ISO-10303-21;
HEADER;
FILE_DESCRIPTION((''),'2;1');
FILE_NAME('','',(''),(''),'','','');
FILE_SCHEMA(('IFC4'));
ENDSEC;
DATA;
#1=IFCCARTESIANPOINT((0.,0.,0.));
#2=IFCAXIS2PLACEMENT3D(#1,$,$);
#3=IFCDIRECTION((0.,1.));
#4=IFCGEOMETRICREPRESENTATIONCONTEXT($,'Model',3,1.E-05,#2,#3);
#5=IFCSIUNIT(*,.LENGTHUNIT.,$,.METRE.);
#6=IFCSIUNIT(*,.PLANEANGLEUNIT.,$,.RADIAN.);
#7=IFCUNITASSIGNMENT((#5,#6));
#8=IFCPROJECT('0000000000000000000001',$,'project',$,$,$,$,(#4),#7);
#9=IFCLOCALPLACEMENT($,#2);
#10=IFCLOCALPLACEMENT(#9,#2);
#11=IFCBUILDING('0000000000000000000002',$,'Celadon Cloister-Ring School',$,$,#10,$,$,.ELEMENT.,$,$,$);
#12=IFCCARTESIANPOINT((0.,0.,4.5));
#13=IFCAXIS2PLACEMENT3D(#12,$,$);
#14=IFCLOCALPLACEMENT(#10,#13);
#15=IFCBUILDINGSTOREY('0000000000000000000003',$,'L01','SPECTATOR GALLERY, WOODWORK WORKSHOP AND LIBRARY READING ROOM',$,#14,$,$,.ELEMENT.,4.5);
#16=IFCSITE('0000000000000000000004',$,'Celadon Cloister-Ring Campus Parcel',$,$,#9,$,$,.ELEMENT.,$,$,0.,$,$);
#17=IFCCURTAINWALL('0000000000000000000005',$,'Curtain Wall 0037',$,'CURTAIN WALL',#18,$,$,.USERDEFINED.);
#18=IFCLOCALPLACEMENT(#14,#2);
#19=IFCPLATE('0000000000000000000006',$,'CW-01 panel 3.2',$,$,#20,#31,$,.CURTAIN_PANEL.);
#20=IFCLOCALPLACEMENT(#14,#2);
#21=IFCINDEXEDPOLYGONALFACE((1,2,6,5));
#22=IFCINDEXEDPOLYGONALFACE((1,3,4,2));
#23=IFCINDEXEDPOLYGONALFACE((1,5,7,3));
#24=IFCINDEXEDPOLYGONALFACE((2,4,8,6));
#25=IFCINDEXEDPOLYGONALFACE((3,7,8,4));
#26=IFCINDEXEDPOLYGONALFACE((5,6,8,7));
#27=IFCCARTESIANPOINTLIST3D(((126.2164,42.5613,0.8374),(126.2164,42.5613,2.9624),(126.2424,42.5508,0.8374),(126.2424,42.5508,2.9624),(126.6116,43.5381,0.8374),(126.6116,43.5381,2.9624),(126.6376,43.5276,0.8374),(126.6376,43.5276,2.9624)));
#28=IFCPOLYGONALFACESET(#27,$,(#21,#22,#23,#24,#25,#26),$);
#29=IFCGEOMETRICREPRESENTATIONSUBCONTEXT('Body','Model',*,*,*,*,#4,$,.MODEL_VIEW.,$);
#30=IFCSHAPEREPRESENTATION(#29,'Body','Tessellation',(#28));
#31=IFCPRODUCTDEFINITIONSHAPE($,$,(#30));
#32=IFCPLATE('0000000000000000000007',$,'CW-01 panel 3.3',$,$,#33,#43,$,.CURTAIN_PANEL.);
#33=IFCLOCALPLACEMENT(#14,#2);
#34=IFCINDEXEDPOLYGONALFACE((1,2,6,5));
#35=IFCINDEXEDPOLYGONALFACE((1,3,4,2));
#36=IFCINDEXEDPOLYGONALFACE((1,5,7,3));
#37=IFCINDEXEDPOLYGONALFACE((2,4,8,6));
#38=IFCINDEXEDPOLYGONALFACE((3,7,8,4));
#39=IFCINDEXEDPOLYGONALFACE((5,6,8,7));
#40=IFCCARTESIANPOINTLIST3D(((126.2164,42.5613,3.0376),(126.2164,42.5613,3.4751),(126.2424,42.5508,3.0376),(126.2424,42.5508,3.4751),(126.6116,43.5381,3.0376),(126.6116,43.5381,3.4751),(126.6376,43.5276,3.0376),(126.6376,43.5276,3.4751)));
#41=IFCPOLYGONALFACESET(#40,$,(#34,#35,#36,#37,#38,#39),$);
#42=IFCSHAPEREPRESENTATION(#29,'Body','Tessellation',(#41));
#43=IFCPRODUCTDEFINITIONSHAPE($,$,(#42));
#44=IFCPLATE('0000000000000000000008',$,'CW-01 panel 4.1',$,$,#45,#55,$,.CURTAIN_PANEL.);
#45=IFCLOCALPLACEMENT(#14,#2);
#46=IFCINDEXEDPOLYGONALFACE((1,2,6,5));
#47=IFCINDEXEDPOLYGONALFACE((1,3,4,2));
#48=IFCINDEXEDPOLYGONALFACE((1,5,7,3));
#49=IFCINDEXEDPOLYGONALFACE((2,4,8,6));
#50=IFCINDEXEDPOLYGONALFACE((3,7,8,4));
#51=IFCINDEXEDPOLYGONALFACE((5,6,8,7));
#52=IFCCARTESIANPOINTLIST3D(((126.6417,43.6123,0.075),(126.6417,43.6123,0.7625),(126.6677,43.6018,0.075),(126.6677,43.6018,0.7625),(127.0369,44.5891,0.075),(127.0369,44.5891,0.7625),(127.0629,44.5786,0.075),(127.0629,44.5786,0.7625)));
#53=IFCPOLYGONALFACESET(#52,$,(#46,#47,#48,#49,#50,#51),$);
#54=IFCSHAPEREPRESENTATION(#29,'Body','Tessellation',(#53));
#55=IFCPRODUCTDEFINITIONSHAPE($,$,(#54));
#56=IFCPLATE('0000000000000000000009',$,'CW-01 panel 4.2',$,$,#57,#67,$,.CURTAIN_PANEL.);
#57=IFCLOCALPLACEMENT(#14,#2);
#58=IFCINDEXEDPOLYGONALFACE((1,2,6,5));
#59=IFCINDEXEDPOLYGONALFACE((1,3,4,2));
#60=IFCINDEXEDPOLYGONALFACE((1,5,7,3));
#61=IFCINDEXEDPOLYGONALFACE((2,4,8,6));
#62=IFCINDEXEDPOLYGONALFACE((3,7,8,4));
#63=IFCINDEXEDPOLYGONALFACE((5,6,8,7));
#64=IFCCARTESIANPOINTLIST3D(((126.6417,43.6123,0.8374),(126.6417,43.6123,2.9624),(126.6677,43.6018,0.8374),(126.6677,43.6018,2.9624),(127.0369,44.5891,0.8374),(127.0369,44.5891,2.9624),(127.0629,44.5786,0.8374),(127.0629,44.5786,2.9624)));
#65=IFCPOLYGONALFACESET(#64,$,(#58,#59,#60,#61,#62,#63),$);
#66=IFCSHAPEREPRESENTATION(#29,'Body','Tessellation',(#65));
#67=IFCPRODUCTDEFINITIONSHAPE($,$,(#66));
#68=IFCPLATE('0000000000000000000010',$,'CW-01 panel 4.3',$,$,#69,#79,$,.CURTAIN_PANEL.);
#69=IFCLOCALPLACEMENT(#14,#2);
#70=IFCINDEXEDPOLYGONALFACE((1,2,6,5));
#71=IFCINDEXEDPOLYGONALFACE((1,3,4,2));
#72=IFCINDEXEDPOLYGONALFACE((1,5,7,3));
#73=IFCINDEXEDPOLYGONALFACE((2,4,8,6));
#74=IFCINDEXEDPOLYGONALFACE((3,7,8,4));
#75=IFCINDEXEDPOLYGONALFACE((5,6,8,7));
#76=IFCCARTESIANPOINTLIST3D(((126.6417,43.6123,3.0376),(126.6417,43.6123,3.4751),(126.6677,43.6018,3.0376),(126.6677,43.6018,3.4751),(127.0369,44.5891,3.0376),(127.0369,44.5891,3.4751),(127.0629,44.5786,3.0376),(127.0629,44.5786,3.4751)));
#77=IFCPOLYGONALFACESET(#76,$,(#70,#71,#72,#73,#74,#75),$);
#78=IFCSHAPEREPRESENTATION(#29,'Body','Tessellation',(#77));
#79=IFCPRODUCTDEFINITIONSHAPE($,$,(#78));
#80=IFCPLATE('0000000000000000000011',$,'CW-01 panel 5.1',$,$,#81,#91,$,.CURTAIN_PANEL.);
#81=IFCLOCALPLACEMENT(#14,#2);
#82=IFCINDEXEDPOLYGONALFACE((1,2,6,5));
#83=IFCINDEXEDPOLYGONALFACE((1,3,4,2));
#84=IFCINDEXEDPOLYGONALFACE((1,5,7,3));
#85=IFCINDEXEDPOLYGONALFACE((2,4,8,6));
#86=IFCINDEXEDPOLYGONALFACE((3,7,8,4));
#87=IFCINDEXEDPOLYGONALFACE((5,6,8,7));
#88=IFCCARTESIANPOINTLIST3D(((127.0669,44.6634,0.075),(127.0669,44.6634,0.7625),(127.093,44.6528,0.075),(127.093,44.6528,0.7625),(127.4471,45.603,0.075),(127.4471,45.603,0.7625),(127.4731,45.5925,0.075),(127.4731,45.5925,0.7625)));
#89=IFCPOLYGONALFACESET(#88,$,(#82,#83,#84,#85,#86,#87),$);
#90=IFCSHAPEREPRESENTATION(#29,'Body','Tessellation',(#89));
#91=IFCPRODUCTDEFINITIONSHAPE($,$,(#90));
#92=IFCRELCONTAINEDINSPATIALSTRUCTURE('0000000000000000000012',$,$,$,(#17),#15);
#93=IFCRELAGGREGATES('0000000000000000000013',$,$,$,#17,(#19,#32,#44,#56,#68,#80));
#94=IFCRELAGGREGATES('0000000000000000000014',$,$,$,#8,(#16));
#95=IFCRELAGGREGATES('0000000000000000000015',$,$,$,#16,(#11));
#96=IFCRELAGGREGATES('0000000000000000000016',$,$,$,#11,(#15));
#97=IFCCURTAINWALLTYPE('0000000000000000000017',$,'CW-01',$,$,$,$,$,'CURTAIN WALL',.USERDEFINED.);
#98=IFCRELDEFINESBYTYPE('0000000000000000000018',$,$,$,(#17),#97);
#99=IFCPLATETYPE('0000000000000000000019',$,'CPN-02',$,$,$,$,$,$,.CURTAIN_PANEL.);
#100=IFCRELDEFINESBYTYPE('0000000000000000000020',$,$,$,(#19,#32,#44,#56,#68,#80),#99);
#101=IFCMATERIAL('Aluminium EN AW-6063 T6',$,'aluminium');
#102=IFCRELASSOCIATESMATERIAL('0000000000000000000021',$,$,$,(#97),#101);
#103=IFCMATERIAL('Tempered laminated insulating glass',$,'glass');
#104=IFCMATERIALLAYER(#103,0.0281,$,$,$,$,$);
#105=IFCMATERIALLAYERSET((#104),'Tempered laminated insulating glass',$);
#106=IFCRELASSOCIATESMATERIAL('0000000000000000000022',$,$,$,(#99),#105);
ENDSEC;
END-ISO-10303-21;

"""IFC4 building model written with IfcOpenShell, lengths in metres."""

from ifc_helpers import new_model, si_unit, direction, frame, origin, origin_2d, place, context, subcontext, project, spatial, rectangle, extrude, material, layer, layer_set, type_object, element, aggregate, save


model = new_model("IFC4")

# Units and contexts
model_context = context("Model", 3, precision=1e-05, world=origin(), true_north=direction((0.0, 1.0)))
body_context = subcontext(model_context, "Body", "Model", "MODEL_VIEW")
ifc_project = project(units=[si_unit("LENGTHUNIT", "METRE"), si_unit("PLANEANGLEUNIT", "RADIAN")], contexts=[model_context])

# Site, building, storey
site_placement = place(None, origin())
site = spatial("IfcSite", under=ifc_project, at=site_placement, Name="Celadon Cloister-Ring Campus Parcel", CompositionType="ELEMENT", RefElevation=0.0)
building_placement = place(site_placement, origin())
building = spatial("IfcBuilding", under=site, at=building_placement, Name="Celadon Cloister-Ring School", CompositionType="ELEMENT")
storey_placement = place(building_placement, frame((0.0, 0.0, 4.5)))
storey = spatial("IfcBuildingStorey", under=building, at=storey_placement, Name="L01", Description="SPECTATOR GALLERY, WOODWORK WORKSHOP AND LIBRARY READING ROOM", CompositionType="ELEMENT", Elevation=4.5)

# Curtain wall
ifc_material_1 = material(Name="Aluminium EN AW-6063 T6", Category="aluminium")
curtain_wall_type = type_object("IfcCurtainWallType", Name="CW-01", ElementType="CURTAIN WALL", PredefinedType="USERDEFINED", material=ifc_material_1)
curtain_wall_placement = place(storey_placement, origin())
curtain_wall = element("IfcCurtainWall", 1, at=curtain_wall_placement, inside=storey, type_object=curtain_wall_type, Name="Curtain Wall 0037", ObjectType="CURTAIN WALL", PredefinedType="USERDEFINED")

# Plates
ifc_material_2 = material(Name="Tempered laminated insulating glass", Category="glass")
ifc_layer = layer(ifc_material_2, 0.0281)
ifc_layer_set = layer_set([ifc_layer], Name="Tempered laminated insulating glass")
plate_type = type_object("IfcPlateType", Name="CPN-02", PredefinedType="CURTAIN_PANEL", material=ifc_layer_set)
plate_1_placement = place(storey_placement, frame((126.427, 43.0444, 0.8374), z_axis=(0.0, 0.0, 1.0), x_axis=(0.375038, 0.92701, 0.0)))
plate_1 = element("IfcPlate", 2, at=plate_1_placement, type_object=plate_type, Name="CW-01 panel 3.2", PredefinedType="CURTAIN_PANEL", context=body_context, shape_type="SweptSolid", body=[
    extrude(rectangle(XDim=1.0537, YDim=0.0281, at=origin_2d()), origin(), (0.0, 0.0, 1.0), 2.125),
])
plate_2_placement = place(storey_placement, frame((126.427, 43.0444, 3.0376), z_axis=(0.0, 0.0, 1.0), x_axis=(0.375038, 0.92701, 0.0)))
plate_2 = element("IfcPlate", 3, at=plate_2_placement, type_object=plate_type, Name="CW-01 panel 3.3", PredefinedType="CURTAIN_PANEL", context=body_context, shape_type="SweptSolid", body=[
    extrude(rectangle(XDim=1.0537, YDim=0.0281, at=origin_2d()), origin(), (0.0, 0.0, 1.0), 0.4375),
])
plate_3_placement = place(storey_placement, frame((126.8523, 44.0955, 0.075), z_axis=(0.0, 0.0, 1.0), x_axis=(0.375038, 0.92701, 0.0)))
plate_3 = element("IfcPlate", 4, at=plate_3_placement, type_object=plate_type, Name="CW-01 panel 4.1", PredefinedType="CURTAIN_PANEL", context=body_context, shape_type="SweptSolid", body=[
    extrude(rectangle(XDim=1.0537, YDim=0.0281, at=origin_2d()), origin(), (0.0, 0.0, 1.0), 0.6875),
])
plate_4_placement = place(storey_placement, frame((126.8523, 44.0955, 0.8374), z_axis=(0.0, 0.0, 1.0), x_axis=(0.375038, 0.92701, 0.0)))
plate_4 = element("IfcPlate", 5, at=plate_4_placement, type_object=plate_type, Name="CW-01 panel 4.2", PredefinedType="CURTAIN_PANEL", context=body_context, shape_type="SweptSolid", body=[
    extrude(rectangle(XDim=1.0537, YDim=0.0281, at=origin_2d()), origin(), (0.0, 0.0, 1.0), 2.125),
])
plate_5_placement = place(storey_placement, frame((126.8523, 44.0955, 3.0376), z_axis=(0.0, 0.0, 1.0), x_axis=(0.375038, 0.92701, 0.0)))
plate_5 = element("IfcPlate", 6, at=plate_5_placement, type_object=plate_type, Name="CW-01 panel 4.3", PredefinedType="CURTAIN_PANEL", context=body_context, shape_type="SweptSolid", body=[
    extrude(rectangle(XDim=1.0537, YDim=0.0281, at=origin_2d()), origin(), (0.0, 0.0, 1.0), 0.4375),
])
plate_6_placement = place(storey_placement, frame((127.27, 45.1279, 0.075), z_axis=(0.0, 0.0, 1.0), x_axis=(0.375038, 0.92701, 0.0)))
plate_6 = element("IfcPlate", 7, at=plate_6_placement, type_object=plate_type, Name="CW-01 panel 5.1", PredefinedType="CURTAIN_PANEL", context=body_context, shape_type="SweptSolid", body=[
    extrude(rectangle(XDim=1.0137, YDim=0.0281, at=origin_2d()), origin(), (0.0, 0.0, 1.0), 0.6875),
])
aggregate(curtain_wall, [plate_1, plate_2, plate_3, plate_4, plate_5, plate_6])

save(model, "model.ifc")
